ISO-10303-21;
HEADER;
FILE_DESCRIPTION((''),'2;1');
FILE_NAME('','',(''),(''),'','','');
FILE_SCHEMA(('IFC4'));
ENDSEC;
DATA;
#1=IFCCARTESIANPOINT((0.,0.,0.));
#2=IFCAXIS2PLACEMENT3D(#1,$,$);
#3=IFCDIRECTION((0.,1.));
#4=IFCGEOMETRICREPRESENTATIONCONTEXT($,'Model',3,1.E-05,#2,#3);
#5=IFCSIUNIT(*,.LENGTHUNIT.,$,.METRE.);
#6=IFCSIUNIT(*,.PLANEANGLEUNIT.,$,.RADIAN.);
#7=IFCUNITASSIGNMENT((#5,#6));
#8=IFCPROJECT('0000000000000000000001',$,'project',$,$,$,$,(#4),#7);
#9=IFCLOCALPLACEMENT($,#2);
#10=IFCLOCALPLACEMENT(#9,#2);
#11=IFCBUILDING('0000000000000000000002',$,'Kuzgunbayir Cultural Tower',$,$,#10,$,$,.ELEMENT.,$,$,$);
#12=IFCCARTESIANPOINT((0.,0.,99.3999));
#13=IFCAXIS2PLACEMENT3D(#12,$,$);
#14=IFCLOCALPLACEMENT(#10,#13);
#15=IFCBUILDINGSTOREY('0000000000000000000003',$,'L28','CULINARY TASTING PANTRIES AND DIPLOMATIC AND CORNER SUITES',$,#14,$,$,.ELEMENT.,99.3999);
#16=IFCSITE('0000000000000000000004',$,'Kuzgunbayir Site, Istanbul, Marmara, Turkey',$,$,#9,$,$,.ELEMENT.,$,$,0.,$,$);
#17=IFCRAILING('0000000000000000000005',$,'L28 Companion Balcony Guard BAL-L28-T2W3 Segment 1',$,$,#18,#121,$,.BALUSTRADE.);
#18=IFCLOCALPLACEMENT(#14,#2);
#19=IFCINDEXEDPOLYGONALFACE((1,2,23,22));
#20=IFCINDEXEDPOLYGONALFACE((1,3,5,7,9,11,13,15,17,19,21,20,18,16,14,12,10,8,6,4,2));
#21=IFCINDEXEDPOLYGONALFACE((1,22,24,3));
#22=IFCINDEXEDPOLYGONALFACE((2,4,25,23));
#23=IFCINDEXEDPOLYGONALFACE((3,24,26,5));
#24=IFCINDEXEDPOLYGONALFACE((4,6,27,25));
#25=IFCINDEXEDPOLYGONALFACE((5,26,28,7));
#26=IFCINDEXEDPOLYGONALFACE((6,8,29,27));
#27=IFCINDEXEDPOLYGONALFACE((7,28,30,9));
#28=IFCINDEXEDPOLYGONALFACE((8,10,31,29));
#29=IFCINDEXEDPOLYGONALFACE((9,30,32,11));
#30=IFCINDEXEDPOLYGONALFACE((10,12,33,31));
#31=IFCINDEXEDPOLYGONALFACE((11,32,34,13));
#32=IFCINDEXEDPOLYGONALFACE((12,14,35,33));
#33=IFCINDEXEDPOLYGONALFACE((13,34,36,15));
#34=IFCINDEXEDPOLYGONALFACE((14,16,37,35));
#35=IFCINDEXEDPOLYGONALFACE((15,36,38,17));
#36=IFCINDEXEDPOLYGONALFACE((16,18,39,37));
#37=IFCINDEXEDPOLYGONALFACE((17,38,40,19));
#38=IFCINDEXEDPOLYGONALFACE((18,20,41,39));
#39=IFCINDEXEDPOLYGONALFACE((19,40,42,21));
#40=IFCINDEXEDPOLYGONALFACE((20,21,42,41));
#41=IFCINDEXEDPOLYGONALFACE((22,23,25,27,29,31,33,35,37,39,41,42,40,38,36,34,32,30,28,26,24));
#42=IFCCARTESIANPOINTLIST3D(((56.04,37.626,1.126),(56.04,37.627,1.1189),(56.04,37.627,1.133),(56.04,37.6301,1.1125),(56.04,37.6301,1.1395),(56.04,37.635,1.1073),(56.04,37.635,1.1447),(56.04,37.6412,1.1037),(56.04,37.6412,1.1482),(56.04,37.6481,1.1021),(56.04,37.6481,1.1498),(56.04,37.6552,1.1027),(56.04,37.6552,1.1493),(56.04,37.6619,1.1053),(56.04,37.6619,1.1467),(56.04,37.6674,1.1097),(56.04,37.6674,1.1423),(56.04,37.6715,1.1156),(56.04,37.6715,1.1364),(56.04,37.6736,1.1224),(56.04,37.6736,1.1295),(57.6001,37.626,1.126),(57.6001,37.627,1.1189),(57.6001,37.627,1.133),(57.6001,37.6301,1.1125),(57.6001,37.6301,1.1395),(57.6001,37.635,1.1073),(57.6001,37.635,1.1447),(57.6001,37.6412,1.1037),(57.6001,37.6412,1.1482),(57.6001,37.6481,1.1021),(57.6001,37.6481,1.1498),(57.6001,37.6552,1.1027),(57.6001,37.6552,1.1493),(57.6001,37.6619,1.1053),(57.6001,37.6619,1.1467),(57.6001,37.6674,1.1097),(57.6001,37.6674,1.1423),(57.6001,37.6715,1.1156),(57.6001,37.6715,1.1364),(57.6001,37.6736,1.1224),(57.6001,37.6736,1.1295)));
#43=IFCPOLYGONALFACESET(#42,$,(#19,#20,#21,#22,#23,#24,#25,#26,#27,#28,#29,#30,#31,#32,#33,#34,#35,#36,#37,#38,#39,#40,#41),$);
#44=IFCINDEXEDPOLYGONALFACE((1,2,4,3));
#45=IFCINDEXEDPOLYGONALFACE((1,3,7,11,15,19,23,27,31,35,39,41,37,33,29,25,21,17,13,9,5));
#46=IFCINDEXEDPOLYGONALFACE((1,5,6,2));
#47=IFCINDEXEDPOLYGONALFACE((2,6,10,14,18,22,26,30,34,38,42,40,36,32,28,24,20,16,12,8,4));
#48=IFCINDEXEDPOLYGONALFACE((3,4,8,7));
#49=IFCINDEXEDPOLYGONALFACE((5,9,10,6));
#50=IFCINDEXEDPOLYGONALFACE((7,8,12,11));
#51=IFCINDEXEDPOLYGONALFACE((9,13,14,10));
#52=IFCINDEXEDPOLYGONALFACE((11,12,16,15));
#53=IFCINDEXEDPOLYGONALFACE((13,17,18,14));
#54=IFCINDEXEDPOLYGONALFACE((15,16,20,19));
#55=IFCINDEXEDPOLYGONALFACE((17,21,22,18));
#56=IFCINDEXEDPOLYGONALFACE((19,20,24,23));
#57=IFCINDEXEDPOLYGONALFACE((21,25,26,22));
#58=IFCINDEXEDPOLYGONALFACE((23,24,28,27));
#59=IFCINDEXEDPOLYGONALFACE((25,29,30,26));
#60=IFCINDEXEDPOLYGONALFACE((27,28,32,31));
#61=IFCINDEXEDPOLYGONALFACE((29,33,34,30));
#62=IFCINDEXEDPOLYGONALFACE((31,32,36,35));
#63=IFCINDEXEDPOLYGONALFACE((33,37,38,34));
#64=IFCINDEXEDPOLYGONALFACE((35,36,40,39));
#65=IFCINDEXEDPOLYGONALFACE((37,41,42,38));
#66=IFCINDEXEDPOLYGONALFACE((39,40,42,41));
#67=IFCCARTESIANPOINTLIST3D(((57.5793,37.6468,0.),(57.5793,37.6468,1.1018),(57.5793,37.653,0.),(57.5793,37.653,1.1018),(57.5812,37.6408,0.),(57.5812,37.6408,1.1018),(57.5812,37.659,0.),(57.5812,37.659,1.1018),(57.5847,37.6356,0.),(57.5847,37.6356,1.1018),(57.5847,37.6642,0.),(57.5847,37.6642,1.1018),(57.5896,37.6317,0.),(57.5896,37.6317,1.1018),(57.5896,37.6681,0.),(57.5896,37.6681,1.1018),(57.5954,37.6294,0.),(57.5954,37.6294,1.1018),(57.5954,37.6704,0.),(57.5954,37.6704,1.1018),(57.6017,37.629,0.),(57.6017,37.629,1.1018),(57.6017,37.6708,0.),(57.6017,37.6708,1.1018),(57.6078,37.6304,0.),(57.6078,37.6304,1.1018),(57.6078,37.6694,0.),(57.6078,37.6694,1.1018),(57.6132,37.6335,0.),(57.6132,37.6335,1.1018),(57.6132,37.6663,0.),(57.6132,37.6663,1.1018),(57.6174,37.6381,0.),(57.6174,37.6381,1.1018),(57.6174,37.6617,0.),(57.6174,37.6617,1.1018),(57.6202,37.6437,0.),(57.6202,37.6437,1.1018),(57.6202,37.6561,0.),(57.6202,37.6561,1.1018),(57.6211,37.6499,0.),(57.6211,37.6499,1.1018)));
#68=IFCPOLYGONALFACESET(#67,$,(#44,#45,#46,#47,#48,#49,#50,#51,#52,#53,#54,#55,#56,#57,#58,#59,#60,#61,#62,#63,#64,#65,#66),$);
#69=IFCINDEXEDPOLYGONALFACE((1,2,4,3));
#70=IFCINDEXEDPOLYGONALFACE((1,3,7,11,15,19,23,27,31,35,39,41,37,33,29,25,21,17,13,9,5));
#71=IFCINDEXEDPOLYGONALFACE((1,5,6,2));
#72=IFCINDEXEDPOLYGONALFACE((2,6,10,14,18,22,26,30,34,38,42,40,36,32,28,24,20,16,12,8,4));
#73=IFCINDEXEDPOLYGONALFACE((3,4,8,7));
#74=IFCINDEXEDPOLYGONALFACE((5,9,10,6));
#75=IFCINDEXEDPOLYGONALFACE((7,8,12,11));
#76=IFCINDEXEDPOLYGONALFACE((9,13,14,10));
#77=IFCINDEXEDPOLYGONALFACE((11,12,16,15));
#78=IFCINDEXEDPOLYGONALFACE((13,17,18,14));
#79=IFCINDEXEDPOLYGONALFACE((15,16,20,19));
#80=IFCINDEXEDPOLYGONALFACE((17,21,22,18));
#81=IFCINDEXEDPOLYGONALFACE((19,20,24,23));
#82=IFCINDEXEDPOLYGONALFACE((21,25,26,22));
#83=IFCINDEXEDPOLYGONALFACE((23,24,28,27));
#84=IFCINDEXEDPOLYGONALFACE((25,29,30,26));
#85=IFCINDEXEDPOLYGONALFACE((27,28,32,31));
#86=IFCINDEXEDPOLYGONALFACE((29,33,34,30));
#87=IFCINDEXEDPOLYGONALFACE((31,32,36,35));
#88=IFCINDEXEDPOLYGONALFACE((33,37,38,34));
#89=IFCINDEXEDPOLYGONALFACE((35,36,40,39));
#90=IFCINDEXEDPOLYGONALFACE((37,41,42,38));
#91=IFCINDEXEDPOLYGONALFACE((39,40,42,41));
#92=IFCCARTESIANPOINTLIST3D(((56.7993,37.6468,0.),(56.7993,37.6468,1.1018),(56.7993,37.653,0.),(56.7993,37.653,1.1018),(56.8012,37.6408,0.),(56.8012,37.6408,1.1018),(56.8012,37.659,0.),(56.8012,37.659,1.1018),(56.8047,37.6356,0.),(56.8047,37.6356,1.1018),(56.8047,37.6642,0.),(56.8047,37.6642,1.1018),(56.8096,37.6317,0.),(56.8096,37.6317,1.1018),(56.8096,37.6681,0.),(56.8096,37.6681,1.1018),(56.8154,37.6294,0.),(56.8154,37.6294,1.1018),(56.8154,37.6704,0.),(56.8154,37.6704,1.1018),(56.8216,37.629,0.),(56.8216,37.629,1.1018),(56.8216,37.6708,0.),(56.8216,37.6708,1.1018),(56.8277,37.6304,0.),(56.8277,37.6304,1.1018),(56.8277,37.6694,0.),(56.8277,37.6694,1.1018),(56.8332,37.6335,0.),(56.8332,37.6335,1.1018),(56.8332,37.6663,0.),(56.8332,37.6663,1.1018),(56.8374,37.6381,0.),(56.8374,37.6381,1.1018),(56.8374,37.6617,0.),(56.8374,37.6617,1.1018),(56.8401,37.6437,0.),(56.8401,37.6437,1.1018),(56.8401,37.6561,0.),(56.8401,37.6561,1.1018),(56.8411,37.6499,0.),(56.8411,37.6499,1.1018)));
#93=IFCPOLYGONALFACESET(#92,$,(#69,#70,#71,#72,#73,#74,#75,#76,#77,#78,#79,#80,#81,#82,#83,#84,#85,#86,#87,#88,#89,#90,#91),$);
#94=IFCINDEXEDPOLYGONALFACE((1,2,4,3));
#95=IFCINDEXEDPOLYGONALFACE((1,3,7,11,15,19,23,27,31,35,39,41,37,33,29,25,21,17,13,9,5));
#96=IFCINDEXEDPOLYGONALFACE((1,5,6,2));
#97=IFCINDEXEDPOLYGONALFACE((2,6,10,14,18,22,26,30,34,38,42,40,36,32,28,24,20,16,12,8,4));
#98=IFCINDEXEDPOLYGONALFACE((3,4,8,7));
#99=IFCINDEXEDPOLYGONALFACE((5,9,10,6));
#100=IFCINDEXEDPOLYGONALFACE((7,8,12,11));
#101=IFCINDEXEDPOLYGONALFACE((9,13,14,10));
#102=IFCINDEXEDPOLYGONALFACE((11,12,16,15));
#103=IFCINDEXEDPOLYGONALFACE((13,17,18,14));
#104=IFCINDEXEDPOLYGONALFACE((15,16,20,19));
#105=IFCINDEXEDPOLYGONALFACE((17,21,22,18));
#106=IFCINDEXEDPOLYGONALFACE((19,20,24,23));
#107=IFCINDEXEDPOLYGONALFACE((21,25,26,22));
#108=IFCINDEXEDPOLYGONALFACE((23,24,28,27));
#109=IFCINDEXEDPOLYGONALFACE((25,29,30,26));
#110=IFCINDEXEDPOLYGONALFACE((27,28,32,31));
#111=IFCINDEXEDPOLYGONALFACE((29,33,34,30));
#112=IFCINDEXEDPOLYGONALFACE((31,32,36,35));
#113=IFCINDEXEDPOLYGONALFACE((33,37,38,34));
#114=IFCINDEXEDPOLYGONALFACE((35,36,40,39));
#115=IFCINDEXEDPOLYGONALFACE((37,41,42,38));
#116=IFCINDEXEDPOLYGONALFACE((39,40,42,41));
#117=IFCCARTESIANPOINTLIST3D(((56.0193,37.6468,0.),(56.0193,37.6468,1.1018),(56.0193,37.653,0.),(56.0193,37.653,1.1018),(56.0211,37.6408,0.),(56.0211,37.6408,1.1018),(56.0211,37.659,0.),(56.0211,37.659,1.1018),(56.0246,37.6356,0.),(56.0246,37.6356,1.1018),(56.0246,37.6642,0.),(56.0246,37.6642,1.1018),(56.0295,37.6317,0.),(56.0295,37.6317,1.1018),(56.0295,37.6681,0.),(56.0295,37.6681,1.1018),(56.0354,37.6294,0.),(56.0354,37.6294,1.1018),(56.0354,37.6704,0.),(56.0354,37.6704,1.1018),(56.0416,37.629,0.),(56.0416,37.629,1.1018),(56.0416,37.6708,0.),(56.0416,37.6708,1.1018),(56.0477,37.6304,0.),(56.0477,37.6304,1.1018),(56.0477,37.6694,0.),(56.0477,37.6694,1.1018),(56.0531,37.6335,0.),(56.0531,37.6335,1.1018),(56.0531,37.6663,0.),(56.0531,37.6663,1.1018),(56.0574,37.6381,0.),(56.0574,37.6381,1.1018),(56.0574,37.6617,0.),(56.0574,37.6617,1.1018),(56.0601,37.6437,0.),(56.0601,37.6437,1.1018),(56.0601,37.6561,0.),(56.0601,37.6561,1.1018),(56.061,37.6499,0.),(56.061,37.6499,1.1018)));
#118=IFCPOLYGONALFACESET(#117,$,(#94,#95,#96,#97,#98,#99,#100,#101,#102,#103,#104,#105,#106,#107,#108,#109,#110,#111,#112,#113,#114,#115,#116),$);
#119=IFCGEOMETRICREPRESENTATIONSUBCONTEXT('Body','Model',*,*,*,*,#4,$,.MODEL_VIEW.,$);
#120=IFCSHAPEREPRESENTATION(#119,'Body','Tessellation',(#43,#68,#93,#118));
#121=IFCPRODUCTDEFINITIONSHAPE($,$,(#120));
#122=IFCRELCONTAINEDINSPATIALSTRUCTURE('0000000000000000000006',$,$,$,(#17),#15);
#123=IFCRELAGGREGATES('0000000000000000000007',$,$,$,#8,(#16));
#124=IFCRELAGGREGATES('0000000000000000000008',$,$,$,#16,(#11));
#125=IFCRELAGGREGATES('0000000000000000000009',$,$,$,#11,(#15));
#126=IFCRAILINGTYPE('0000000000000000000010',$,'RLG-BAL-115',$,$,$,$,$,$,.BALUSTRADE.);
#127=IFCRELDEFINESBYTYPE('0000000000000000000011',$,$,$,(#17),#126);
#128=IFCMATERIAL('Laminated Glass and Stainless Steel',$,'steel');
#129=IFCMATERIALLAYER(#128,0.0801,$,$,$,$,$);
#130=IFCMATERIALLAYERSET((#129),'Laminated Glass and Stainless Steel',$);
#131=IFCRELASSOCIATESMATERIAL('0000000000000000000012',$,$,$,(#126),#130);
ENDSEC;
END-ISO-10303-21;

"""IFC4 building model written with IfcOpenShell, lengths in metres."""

from ifc_helpers import new_model, si_unit, direction, frame, origin, origin_2d, place, context, subcontext, project, spatial, circle, extrude, material, layer, layer_set, type_object, element, save


model = new_model("IFC4")

# Units and contexts
model_context = context("Model", 3, precision=1e-05, world=origin(), true_north=direction((0.0, 1.0)))
body_context = subcontext(model_context, "Body", "Model", "MODEL_VIEW")
ifc_project = project(units=[si_unit("LENGTHUNIT", "METRE"), si_unit("PLANEANGLEUNIT", "RADIAN")], contexts=[model_context])

# Site, building, storey
site_placement = place(None, origin())
site = spatial("IfcSite", under=ifc_project, at=site_placement, Name="Kuzgunbayir Site, Istanbul, Marmara, Turkey", CompositionType="ELEMENT", RefElevation=0.0)
building_placement = place(site_placement, origin())
building = spatial("IfcBuilding", under=site, at=building_placement, Name="Kuzgunbayir Cultural Tower", CompositionType="ELEMENT")
storey_placement = place(building_placement, frame((0.0, 0.0, 99.3999)))
storey = spatial("IfcBuildingStorey", under=building, at=storey_placement, Name="L28", Description="CULINARY TASTING PANTRIES AND DIPLOMATIC AND CORNER SUITES", CompositionType="ELEMENT", Elevation=99.3999)

# Railing
ifc_material_1 = material(Name="Laminated Glass and Stainless Steel", Category="steel")
ifc_layer_1 = layer(ifc_material_1, 0.0801)
ifc_layer_set_1 = layer_set([ifc_layer_1], Name="Laminated Glass and Stainless Steel")
railing_type = type_object("IfcRailingType", Name="RLG-BAL-115", PredefinedType="BALUSTRADE", material=ifc_layer_set_1)
railing_1_placement = place(storey_placement, frame((57.6001, 37.6499, 0.0)))
element("IfcRailing", 1, at=railing_1_placement, inside=storey, type_object=railing_type, Name="L28 Companion Balcony Guard BAL-L28-T2W3 Segment 1", PredefinedType="BALUSTRADE", context=body_context, shape_type="SweptSolid", body=[
    extrude(circle(Radius=0.0239, at=origin_2d()), frame((0.0, 0.0, 1.126), z_axis=(-1.0, 0.0, 0.0), x_axis=(0.0, -1.0, 0.0)), (0.0, 0.0, 1.0), 1.5601),
    extrude(circle(Radius=0.021, at=origin_2d()), origin(), (0.0, 0.0, 1.0), 1.1018),
    extrude(circle(Radius=0.021, at=origin_2d()), frame((-0.78, 0.0, 0.0)), (0.0, 0.0, 1.0), 1.1018),
    extrude(circle(Radius=0.021, at=origin_2d()), frame((-1.5601, 0.0, 0.0)), (0.0, 0.0, 1.0), 1.1018),
])

save(model, "model.ifc")
